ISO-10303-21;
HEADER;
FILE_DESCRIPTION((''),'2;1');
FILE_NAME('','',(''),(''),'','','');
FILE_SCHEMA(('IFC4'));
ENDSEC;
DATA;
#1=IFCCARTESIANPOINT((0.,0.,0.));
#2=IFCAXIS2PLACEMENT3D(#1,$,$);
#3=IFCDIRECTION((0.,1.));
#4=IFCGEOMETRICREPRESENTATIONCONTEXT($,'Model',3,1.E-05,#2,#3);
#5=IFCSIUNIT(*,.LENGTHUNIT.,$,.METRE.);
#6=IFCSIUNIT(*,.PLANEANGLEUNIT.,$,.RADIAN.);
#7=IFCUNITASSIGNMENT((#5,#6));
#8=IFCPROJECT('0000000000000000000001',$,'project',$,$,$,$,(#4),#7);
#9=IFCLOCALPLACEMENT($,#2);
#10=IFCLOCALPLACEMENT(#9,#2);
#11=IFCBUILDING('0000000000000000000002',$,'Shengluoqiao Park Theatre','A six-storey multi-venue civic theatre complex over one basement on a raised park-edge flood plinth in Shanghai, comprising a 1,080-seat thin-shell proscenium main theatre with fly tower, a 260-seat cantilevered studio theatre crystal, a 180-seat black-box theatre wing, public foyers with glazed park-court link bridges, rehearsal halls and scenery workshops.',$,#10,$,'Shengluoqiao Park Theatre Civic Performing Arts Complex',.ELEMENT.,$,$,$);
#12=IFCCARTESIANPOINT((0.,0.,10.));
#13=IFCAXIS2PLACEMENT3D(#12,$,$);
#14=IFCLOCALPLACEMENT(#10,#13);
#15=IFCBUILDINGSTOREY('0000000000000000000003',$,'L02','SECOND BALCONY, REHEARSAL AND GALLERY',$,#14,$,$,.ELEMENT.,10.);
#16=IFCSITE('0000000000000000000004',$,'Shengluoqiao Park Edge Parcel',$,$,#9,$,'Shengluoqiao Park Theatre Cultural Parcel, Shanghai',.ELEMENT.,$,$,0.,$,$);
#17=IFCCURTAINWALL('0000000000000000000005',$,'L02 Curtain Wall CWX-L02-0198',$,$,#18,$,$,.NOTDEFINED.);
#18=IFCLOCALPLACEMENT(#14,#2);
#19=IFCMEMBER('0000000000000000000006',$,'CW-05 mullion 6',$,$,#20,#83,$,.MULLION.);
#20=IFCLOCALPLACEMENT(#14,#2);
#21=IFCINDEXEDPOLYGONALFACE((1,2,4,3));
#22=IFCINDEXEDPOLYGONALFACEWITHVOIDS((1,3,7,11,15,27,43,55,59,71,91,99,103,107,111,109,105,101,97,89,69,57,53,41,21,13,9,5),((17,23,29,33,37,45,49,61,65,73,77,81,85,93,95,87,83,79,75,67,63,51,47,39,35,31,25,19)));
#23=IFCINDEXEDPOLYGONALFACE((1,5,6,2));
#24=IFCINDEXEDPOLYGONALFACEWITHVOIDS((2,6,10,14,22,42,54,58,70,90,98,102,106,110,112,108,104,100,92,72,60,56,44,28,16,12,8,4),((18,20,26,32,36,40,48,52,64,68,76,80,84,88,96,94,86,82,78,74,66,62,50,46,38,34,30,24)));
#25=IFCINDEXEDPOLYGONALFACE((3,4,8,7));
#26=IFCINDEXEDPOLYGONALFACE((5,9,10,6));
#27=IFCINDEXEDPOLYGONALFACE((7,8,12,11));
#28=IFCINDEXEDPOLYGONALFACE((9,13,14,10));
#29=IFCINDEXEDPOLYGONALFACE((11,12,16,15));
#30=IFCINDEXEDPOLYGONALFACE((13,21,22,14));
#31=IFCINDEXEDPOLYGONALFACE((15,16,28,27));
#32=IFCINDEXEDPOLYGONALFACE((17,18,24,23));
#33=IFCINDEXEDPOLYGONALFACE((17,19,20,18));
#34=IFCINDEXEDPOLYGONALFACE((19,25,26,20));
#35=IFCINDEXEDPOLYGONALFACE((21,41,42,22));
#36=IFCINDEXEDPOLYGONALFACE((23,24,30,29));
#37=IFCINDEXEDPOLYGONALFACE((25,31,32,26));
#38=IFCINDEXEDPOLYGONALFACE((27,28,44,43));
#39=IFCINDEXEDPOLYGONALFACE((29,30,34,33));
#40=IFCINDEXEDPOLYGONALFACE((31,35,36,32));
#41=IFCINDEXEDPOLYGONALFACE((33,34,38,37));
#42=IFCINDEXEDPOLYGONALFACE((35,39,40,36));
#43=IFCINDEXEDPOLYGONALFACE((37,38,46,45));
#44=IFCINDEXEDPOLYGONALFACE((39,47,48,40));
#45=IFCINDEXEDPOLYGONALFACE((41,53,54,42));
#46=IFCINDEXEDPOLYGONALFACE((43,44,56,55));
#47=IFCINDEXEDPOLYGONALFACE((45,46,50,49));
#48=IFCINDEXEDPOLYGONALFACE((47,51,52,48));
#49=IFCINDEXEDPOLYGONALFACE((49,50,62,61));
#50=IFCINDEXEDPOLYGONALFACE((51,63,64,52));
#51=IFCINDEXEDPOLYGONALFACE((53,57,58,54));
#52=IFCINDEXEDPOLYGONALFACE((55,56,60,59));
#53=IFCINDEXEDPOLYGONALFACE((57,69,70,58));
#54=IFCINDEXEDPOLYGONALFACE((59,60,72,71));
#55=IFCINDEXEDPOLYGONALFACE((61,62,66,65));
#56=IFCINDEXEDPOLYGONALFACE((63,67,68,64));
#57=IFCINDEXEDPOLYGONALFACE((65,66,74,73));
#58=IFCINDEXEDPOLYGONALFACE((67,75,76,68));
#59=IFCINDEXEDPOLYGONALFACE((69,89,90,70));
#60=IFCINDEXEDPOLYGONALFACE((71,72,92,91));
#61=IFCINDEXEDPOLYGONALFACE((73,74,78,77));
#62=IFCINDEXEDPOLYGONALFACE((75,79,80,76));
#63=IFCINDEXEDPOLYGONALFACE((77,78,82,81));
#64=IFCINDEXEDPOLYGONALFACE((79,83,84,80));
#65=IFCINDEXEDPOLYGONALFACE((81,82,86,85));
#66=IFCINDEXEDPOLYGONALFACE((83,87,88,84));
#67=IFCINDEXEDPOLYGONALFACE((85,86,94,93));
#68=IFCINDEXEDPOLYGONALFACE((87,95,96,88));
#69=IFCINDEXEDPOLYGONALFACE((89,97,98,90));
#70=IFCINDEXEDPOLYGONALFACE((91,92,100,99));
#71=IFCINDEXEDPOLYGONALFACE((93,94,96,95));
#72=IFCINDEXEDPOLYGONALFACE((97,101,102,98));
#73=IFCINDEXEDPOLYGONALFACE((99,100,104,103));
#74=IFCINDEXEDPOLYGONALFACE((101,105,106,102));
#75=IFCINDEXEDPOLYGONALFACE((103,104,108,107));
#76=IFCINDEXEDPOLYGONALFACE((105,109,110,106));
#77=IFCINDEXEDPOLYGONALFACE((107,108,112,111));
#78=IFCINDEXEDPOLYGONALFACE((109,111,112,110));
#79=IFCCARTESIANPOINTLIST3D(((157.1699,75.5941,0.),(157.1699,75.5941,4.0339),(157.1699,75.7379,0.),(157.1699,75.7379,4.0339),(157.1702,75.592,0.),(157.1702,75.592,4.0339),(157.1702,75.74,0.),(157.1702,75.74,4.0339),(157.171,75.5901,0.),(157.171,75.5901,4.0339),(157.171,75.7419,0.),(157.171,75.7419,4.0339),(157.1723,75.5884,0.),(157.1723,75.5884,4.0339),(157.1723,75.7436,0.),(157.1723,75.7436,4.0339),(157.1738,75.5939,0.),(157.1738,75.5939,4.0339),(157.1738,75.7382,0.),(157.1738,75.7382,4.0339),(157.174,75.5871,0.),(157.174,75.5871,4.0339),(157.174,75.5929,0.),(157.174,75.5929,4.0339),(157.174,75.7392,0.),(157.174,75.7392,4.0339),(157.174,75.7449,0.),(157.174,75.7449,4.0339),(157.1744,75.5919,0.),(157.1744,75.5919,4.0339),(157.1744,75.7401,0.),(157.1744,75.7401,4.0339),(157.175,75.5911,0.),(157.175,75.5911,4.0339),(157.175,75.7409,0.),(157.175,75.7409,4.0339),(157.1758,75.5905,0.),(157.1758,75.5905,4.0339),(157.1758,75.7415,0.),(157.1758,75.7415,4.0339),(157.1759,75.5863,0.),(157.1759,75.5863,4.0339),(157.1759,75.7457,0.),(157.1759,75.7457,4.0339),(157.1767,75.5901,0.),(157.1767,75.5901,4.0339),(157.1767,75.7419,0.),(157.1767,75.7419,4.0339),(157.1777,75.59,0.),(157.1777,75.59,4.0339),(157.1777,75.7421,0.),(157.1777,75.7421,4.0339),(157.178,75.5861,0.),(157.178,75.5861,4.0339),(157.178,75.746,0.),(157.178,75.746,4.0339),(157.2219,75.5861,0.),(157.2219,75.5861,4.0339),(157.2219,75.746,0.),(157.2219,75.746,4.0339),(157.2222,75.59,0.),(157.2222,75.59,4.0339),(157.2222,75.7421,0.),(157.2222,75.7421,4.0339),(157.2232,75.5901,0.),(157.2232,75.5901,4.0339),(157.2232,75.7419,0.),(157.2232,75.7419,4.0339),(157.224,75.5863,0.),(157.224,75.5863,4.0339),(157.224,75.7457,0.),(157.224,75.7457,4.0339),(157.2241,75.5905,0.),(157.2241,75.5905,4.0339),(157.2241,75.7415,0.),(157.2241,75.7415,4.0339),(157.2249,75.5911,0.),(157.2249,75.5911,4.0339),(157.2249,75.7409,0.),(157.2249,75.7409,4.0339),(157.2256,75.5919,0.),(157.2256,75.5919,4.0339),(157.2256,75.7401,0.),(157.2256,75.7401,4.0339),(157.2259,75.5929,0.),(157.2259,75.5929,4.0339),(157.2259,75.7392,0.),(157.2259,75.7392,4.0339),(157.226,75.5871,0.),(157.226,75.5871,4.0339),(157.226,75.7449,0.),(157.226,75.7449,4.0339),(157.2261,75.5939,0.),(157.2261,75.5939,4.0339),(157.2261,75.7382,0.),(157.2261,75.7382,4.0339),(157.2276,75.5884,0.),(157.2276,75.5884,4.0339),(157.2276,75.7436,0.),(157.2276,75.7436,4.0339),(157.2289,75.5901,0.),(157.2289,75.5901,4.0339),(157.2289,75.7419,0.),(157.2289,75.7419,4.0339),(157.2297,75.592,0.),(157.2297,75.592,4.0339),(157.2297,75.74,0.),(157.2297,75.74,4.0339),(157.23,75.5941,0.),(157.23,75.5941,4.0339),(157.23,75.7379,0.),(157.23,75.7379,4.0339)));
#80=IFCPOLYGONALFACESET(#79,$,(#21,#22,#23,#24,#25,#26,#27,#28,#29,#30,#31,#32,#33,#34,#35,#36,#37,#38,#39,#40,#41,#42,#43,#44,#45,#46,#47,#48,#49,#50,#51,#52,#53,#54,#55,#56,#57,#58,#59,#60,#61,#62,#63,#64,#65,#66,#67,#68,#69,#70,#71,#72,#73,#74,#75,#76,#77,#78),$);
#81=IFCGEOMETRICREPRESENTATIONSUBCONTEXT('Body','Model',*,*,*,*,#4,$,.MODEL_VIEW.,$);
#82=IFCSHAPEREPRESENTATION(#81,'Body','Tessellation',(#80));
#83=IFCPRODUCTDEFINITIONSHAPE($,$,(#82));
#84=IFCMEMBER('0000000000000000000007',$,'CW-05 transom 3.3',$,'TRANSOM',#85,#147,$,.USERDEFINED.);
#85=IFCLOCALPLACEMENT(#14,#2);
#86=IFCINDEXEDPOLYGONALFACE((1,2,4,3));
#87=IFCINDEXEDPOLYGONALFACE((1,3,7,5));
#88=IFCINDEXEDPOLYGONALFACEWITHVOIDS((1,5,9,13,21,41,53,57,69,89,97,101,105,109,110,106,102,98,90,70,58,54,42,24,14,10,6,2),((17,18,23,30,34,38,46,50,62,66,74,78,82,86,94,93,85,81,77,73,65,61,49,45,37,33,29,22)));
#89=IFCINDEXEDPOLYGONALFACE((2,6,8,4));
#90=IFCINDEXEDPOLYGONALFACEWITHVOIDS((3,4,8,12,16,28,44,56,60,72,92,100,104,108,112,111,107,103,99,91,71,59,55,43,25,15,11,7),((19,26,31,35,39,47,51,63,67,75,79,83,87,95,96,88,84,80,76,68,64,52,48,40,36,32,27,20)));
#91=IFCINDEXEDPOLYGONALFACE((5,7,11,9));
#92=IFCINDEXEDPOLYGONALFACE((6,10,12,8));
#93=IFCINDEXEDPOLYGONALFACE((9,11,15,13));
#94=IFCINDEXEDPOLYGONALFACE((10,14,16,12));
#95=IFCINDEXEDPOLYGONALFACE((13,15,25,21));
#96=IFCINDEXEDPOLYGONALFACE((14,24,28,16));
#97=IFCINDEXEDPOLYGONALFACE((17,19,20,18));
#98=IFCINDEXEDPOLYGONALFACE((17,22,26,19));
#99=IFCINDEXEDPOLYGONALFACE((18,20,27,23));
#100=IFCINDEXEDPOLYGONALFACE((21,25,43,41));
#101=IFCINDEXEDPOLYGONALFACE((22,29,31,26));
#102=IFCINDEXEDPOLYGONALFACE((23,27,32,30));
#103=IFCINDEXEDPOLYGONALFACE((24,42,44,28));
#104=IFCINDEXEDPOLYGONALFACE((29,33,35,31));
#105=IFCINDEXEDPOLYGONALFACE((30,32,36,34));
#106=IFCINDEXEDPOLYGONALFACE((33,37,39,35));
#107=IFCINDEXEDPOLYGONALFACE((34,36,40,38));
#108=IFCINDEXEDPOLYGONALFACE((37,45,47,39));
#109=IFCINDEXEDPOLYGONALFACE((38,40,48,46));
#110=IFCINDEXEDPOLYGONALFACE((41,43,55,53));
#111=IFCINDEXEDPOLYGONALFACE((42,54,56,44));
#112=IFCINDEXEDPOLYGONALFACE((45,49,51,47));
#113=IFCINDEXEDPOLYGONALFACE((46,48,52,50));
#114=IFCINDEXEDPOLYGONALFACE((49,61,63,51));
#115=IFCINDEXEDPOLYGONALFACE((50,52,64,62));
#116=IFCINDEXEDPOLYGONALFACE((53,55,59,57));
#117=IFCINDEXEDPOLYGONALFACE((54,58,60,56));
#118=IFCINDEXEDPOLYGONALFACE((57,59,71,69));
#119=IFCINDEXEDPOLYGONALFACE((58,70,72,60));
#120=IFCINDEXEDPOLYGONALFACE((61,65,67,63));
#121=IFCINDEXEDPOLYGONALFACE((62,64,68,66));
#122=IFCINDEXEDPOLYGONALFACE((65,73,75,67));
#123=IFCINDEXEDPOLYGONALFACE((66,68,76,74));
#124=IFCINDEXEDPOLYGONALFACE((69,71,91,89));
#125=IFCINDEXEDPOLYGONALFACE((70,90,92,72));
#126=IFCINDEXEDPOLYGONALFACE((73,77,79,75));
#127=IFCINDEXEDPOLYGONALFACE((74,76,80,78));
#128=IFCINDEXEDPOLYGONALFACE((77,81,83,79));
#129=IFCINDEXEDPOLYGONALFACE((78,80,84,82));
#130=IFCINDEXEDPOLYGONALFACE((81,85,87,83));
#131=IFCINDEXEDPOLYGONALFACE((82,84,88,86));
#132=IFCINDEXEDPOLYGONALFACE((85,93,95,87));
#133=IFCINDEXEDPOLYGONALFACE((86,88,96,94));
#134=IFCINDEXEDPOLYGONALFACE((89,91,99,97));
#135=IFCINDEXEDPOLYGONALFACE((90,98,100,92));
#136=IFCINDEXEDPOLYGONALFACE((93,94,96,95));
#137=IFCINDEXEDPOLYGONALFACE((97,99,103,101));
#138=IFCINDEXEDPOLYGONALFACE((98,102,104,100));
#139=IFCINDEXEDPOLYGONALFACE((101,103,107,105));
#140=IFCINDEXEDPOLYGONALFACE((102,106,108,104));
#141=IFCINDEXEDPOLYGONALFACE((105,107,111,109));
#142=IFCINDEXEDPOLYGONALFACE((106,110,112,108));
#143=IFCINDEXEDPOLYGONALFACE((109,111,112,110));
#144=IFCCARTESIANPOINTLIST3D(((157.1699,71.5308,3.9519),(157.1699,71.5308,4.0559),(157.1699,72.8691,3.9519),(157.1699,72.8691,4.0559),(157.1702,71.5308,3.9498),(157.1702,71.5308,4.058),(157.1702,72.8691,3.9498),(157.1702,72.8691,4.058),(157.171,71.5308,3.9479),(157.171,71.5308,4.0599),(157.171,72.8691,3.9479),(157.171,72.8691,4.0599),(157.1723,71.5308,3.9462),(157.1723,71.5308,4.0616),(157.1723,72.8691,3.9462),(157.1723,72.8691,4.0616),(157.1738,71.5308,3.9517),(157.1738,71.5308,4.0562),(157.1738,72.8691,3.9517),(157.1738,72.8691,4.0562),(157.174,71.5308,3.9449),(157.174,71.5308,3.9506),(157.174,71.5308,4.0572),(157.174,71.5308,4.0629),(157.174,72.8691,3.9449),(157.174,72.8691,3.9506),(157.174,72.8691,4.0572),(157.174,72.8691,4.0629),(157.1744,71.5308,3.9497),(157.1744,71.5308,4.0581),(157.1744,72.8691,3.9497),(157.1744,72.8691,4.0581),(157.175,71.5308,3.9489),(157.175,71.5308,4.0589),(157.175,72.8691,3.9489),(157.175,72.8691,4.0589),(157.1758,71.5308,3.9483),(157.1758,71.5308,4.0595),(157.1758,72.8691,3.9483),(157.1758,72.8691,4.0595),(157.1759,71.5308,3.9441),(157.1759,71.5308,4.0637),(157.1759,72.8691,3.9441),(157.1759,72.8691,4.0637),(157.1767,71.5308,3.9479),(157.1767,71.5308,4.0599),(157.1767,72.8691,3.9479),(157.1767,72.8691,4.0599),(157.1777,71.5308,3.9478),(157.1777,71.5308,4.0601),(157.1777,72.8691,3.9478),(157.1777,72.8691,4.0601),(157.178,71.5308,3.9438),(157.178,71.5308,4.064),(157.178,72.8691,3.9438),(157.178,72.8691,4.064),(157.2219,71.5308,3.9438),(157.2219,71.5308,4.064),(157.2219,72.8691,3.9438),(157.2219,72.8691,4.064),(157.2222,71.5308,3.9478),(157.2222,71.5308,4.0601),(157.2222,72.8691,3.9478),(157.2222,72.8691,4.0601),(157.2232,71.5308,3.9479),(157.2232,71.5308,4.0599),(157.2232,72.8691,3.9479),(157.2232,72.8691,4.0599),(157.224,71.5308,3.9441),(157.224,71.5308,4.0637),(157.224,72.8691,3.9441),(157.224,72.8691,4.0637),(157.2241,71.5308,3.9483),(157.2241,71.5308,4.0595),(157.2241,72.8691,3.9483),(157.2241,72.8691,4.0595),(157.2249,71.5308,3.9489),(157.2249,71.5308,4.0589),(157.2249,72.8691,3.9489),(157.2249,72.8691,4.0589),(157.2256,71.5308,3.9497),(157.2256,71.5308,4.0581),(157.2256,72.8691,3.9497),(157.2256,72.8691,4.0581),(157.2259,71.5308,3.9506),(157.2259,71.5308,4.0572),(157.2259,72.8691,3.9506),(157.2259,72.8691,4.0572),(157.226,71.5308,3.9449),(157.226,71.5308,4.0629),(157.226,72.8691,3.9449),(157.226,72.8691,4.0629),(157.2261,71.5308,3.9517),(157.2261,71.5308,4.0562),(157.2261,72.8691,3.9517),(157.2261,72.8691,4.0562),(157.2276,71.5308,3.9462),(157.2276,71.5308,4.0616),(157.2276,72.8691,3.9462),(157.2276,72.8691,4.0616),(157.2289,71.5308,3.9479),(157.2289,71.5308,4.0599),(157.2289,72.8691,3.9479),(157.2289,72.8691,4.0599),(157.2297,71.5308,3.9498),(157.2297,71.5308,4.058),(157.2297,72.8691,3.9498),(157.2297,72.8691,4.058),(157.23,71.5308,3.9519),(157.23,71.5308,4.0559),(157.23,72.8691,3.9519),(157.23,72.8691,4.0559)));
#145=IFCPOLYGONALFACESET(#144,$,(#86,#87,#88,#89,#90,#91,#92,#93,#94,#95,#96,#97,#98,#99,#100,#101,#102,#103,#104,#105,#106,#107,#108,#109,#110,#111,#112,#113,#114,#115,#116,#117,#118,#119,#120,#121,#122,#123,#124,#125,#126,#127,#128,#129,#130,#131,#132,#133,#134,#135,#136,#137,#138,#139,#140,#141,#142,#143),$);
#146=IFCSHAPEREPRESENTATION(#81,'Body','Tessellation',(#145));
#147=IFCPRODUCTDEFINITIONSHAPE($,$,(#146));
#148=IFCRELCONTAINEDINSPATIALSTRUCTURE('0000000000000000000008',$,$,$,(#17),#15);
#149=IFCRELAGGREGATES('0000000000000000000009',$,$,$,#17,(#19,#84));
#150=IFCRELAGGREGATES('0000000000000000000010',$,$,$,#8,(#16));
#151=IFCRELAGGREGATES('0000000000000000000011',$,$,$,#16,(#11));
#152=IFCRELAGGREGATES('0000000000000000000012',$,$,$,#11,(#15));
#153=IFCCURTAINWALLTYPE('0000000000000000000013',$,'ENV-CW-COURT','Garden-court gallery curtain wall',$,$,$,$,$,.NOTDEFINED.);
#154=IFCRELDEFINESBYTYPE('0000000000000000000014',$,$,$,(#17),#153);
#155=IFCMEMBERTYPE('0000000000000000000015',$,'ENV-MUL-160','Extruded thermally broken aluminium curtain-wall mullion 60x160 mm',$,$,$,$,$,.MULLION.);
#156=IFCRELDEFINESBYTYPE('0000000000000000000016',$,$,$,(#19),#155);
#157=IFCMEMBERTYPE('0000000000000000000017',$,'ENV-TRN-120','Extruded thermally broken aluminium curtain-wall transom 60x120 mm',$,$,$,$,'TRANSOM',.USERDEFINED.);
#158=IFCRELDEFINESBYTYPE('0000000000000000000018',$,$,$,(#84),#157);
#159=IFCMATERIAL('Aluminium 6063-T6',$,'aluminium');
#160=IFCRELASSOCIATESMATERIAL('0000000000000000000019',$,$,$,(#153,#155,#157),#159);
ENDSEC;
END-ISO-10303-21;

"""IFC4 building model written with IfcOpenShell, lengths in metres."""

from ifc_helpers import new_model, si_unit, direction, frame, origin, origin_2d, place, context, subcontext, project, spatial, hollow_rectangle, extrude, material, material_profile, profile_set, type_object, element, aggregate, save


model = new_model("IFC4")

# Units and contexts
model_context = context("Model", 3, precision=1e-05, world=origin(), true_north=direction((0.0, 1.0)))
body_context = subcontext(model_context, "Body", "Model", "MODEL_VIEW")
ifc_project = project(units=[si_unit("LENGTHUNIT", "METRE"), si_unit("PLANEANGLEUNIT", "RADIAN")], contexts=[model_context])

# Site, building, storey
site_placement = place(None, origin())
site = spatial("IfcSite", under=ifc_project, at=site_placement, Name="Shengluoqiao Park Edge Parcel", LongName="Shengluoqiao Park Theatre Cultural Parcel, Shanghai", CompositionType="ELEMENT", RefElevation=0.0)
building_placement = place(site_placement, origin())
building = spatial("IfcBuilding", under=site, at=building_placement, Name="Shengluoqiao Park Theatre", Description="A six-storey multi-venue civic theatre complex over one basement on a raised park-edge flood plinth in Shanghai, comprising a 1,080-seat thin-shell proscenium main theatre with fly tower, a 260-seat cantilevered studio theatre crystal, a 180-seat black-box theatre wing, public foyers with glazed park-court link bridges, rehearsal halls and scenery workshops.", LongName="Shengluoqiao Park Theatre Civic Performing Arts Complex", CompositionType="ELEMENT")
storey_placement = place(building_placement, frame((0.0, 0.0, 10.0)))
storey = spatial("IfcBuildingStorey", under=building, at=storey_placement, Name="L02", Description="SECOND BALCONY, REHEARSAL AND GALLERY", CompositionType="ELEMENT", Elevation=10.0)

# Curtain wall, members
ifc_material_1 = material(Name="Aluminium 6063-T6", Category="aluminium")
curtain_wall_type = type_object("IfcCurtainWallType", Name="ENV-CW-COURT", Description="Garden-court gallery curtain wall", PredefinedType="NOTDEFINED", material=ifc_material_1)
curtain_wall_placement = place(storey_placement, origin())
curtain_wall = element("IfcCurtainWall", 1, at=curtain_wall_placement, inside=storey, type_object=curtain_wall_type, Name="L02 Curtain Wall CWX-L02-0198", PredefinedType="NOTDEFINED")
ifc_material_profile_1 = material_profile(ifc_material_1, hollow_rectangle(XDim=0.0601, YDim=0.1599, WallThickness=0.0039, InnerFilletRadius=0.0039, OuterFilletRadius=0.0081, at=origin_2d()), Name="ALU MULLION 160x60x4")
ifc_profile_set_1 = profile_set([ifc_material_profile_1], Name="Aluminium 6063-T6")
member_type_1 = type_object("IfcMemberType", Name="ENV-MUL-160", Description="Extruded thermally broken aluminium curtain-wall mullion 60x160 mm", PredefinedType="MULLION", material=ifc_profile_set_1)
member_1_placement = place(storey_placement, frame((157.2, 75.666, 0.0), z_axis=(0.0, 0.0, 1.0), x_axis=(-1.0, 0.0, 0.0)))
member_1 = element("IfcMember", 2, at=member_1_placement, type_object=member_type_1, Name="CW-05 mullion 6", PredefinedType="MULLION", context=body_context, shape_type="SweptSolid", body=[
    extrude(hollow_rectangle(XDim=0.0601, YDim=0.1599, WallThickness=0.0039, InnerFilletRadius=0.0039, OuterFilletRadius=0.0081, at=origin_2d()), origin(), (0.0, 0.0, 1.0), 4.0339),
])
ifc_material_profile_2 = material_profile(ifc_material_1, hollow_rectangle(XDim=0.0601, YDim=0.1201, WallThickness=0.0039, InnerFilletRadius=0.0039, OuterFilletRadius=0.0081, at=origin_2d()), Name="ALU TRANSOM 120x60x4")
ifc_profile_set_2 = profile_set([ifc_material_profile_2], Name="Aluminium 6063-T6")
member_type_2 = type_object("IfcMemberType", Name="ENV-TRN-120", Description="Extruded thermally broken aluminium curtain-wall transom 60x120 mm", ElementType="TRANSOM", PredefinedType="USERDEFINED", material=ifc_profile_set_2)
member_2_placement = place(storey_placement, frame((157.2, 71.5308, 4.0039), z_axis=(0.0, 1.0, 0.0), x_axis=(-1.0, 0.0, 0.0)))
member_2 = element("IfcMember", 3, at=member_2_placement, type_object=member_type_2, Name="CW-05 transom 3.3", ObjectType="TRANSOM", PredefinedType="USERDEFINED", context=body_context, shape_type="SweptSolid", body=[
    extrude(hollow_rectangle(XDim=0.0601, YDim=0.1201, WallThickness=0.0039, InnerFilletRadius=0.0039, OuterFilletRadius=0.0081, at=origin_2d()), origin(), (0.0, 0.0, 1.0), 1.3384),
])

aggregate(curtain_wall, [member_1, member_2])

save(model, "model.ifc")
